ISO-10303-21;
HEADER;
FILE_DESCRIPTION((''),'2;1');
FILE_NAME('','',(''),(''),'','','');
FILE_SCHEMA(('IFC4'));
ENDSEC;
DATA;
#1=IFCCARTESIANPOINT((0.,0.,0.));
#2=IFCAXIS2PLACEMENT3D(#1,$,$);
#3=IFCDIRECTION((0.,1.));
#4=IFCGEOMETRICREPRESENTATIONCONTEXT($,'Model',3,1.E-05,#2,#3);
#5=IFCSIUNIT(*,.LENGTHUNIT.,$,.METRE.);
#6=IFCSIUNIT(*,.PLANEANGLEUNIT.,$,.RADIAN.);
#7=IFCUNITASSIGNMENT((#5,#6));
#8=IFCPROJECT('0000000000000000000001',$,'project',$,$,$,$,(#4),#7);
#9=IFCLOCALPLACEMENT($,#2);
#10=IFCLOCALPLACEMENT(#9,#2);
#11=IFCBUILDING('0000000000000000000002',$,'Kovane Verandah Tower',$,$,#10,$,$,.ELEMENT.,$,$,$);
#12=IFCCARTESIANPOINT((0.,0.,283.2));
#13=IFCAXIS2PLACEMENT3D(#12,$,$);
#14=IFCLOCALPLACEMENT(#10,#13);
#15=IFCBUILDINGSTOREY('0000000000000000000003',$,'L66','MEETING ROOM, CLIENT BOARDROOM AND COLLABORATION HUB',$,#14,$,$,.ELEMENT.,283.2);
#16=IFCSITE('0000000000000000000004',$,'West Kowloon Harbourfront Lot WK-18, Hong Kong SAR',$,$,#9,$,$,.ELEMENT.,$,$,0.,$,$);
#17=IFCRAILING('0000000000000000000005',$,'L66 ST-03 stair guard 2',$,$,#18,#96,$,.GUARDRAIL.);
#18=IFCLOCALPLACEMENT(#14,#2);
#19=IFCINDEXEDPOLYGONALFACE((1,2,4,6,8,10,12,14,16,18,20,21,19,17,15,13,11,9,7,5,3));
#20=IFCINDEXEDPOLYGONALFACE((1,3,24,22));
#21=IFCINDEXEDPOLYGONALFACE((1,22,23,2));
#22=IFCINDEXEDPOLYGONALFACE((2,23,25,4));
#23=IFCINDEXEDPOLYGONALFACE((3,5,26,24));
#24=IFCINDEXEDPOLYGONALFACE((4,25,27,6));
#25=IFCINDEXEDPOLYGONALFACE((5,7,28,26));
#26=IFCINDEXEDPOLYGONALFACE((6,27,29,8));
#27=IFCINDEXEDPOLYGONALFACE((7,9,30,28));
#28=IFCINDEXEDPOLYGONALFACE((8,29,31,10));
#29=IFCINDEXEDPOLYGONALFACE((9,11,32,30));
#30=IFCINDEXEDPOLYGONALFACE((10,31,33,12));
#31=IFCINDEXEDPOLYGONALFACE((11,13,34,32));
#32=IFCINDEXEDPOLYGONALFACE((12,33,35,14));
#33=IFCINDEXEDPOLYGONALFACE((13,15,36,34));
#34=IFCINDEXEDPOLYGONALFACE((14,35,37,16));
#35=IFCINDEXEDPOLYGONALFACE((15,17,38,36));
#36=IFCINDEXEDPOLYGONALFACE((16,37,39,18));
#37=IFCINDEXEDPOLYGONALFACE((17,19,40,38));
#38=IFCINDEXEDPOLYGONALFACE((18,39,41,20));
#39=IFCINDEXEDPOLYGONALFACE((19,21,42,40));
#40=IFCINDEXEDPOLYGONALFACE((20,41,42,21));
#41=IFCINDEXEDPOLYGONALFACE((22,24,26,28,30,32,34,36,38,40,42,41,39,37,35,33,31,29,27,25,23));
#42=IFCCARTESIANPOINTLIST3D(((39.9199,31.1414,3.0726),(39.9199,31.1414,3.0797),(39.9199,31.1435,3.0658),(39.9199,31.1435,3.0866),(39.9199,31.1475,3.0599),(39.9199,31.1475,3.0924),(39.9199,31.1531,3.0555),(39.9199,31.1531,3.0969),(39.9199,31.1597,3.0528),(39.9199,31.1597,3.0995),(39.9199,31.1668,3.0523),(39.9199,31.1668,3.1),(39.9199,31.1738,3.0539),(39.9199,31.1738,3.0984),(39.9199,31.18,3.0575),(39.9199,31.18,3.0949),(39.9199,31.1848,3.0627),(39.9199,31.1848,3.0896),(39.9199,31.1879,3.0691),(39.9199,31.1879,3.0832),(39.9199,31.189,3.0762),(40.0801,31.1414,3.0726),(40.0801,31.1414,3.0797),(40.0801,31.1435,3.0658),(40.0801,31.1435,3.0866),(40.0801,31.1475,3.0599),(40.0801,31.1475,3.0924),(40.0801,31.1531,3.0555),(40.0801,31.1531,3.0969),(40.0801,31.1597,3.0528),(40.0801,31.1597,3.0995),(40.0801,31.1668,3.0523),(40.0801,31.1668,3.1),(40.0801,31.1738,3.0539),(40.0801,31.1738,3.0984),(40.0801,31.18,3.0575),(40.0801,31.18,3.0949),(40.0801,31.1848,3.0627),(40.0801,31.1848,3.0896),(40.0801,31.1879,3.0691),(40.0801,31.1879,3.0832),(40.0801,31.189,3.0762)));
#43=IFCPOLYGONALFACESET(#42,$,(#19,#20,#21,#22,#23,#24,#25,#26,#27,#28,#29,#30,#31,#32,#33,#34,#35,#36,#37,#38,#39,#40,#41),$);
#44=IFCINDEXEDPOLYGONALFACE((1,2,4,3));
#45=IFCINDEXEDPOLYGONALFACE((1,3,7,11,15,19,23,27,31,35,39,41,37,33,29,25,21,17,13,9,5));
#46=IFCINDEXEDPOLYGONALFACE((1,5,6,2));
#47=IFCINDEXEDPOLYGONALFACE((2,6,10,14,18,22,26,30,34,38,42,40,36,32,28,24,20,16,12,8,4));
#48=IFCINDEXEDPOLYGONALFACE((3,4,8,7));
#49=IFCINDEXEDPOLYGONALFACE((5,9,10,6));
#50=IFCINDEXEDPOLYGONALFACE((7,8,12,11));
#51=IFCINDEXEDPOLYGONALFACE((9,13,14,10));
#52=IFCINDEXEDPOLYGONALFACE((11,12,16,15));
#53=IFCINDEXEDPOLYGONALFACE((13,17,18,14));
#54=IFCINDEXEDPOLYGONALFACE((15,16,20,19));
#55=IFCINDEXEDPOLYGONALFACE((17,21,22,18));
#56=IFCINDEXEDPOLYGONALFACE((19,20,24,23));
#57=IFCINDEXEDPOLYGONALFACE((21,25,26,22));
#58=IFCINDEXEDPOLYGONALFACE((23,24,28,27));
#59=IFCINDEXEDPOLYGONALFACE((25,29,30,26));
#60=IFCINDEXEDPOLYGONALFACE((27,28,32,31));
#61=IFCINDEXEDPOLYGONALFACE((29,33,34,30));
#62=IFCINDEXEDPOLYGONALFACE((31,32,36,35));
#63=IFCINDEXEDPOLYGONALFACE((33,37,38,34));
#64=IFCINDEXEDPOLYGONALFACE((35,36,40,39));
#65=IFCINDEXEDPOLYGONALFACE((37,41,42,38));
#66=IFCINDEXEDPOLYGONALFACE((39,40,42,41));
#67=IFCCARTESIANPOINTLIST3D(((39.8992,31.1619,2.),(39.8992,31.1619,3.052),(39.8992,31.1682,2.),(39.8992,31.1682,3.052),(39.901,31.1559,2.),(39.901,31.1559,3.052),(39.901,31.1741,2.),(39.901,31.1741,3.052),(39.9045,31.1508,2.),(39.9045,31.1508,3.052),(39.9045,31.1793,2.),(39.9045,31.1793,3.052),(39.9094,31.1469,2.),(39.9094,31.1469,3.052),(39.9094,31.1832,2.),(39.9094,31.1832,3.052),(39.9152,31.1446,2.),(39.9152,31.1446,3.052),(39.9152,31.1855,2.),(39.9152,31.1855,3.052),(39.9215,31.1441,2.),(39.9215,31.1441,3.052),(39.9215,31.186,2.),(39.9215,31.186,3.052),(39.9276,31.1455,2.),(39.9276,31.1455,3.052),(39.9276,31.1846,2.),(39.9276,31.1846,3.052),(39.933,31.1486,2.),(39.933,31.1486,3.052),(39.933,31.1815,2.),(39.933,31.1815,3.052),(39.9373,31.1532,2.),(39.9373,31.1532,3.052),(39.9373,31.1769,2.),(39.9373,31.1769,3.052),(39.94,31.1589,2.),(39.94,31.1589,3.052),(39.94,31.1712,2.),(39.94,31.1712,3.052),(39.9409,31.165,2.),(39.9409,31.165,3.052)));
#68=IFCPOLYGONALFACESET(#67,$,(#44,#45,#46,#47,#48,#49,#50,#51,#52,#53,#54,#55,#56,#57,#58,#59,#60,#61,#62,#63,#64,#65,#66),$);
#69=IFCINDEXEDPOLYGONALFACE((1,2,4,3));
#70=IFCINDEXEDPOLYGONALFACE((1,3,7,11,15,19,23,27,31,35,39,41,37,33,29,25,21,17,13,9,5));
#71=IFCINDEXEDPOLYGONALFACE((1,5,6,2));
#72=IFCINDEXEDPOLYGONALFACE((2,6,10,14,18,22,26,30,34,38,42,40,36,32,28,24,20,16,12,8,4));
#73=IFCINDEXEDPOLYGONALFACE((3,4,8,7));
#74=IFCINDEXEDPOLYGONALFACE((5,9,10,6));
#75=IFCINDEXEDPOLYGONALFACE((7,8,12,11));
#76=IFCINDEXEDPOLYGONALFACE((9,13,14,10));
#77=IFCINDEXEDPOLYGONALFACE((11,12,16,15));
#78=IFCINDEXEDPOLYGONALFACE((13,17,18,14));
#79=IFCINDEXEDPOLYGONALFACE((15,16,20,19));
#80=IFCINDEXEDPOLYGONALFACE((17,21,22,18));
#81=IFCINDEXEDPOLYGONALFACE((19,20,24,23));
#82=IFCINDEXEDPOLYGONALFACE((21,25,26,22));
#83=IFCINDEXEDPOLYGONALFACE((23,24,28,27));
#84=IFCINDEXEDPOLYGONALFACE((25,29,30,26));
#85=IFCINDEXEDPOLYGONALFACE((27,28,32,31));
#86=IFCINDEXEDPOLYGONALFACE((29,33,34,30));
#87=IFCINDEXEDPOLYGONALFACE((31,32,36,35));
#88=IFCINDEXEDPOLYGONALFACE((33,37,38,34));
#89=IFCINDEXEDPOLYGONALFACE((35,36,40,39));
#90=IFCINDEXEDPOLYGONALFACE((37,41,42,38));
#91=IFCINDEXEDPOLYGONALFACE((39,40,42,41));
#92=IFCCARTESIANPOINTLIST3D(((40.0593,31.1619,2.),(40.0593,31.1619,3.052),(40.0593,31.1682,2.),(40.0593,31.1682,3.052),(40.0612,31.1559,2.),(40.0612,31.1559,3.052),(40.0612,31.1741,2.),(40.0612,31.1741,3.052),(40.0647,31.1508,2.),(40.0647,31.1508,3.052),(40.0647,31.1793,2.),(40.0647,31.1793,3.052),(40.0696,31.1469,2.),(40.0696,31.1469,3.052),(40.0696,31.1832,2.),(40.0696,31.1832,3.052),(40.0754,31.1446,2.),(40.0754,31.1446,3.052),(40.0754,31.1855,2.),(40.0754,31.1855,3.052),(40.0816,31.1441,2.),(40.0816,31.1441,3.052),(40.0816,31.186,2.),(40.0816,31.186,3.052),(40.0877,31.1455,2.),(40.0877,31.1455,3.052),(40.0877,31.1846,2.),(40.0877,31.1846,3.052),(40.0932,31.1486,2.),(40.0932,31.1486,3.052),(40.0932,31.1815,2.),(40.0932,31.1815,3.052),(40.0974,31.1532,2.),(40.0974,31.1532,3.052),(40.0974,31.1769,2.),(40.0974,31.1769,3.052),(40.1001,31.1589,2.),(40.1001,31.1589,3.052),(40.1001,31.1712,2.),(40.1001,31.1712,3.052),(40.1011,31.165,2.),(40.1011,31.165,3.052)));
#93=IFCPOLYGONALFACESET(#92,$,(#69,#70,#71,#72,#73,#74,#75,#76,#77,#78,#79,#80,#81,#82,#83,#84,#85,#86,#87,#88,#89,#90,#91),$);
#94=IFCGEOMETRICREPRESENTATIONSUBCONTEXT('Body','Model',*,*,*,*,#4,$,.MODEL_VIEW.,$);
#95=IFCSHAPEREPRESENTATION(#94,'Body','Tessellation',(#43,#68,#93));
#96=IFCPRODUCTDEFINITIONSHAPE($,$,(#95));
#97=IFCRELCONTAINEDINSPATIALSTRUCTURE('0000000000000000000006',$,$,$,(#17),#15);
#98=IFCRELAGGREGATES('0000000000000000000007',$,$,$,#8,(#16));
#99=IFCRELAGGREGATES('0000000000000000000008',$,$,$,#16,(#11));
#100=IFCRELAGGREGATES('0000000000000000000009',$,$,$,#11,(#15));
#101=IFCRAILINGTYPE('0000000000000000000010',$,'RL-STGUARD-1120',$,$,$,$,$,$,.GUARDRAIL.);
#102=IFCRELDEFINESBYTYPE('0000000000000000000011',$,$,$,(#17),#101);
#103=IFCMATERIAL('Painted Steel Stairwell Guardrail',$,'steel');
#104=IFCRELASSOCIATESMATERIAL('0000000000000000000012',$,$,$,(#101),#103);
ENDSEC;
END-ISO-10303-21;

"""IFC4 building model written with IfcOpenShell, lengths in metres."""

from ifc_helpers import new_model, si_unit, direction, frame, origin, origin_2d, place, context, subcontext, project, spatial, circle, extrude, material, type_object, element, save


model = new_model("IFC4")

# Units and contexts
model_context = context("Model", 3, precision=1e-05, world=origin(), true_north=direction((0.0, 1.0)))
body_context = subcontext(model_context, "Body", "Model", "MODEL_VIEW")
ifc_project = project(units=[si_unit("LENGTHUNIT", "METRE"), si_unit("PLANEANGLEUNIT", "RADIAN")], contexts=[model_context])

# Site, building, storey
site_placement = place(None, origin())
site = spatial("IfcSite", under=ifc_project, at=site_placement, Name="West Kowloon Harbourfront Lot WK-18, Hong Kong SAR", CompositionType="ELEMENT", RefElevation=0.0)
building_placement = place(site_placement, origin())
building = spatial("IfcBuilding", under=site, at=building_placement, Name="Kovane Verandah Tower", CompositionType="ELEMENT")
storey_placement = place(building_placement, frame((0.0, 0.0, 283.2)))
storey = spatial("IfcBuildingStorey", under=building, at=storey_placement, Name="L66", Description="MEETING ROOM, CLIENT BOARDROOM AND COLLABORATION HUB", CompositionType="ELEMENT", Elevation=283.2)

# Railing
ifc_material_1 = material(Name="Painted Steel Stairwell Guardrail", Category="steel")
railing_type_1 = type_object("IfcRailingType", Name="RL-STGUARD-1120", PredefinedType="GUARDRAIL", material=ifc_material_1)
railing_1_placement = place(storey_placement, frame((39.9199, 31.165, 2.0)))
element("IfcRailing", 1, at=railing_1_placement, inside=storey, type_object=railing_type_1, Name="L66 ST-03 stair guard 2", PredefinedType="GUARDRAIL", context=body_context, shape_type="SweptSolid", body=[
    extrude(circle(Radius=0.0239, at=origin_2d()), frame((0.0, 0.0, 1.0762), z_axis=(1.0, 0.0, 0.0), x_axis=(0.0, 1.0, 0.0)), (0.0, 0.0, 1.0), 0.1602),
    extrude(circle(Radius=0.021, at=origin_2d()), origin(), (0.0, 0.0, 1.0), 1.052),
    extrude(circle(Radius=0.021, at=origin_2d()), frame((0.1602, 0.0, 0.0)), (0.0, 0.0, 1.0), 1.052),
])

save(model, "model.ifc")
